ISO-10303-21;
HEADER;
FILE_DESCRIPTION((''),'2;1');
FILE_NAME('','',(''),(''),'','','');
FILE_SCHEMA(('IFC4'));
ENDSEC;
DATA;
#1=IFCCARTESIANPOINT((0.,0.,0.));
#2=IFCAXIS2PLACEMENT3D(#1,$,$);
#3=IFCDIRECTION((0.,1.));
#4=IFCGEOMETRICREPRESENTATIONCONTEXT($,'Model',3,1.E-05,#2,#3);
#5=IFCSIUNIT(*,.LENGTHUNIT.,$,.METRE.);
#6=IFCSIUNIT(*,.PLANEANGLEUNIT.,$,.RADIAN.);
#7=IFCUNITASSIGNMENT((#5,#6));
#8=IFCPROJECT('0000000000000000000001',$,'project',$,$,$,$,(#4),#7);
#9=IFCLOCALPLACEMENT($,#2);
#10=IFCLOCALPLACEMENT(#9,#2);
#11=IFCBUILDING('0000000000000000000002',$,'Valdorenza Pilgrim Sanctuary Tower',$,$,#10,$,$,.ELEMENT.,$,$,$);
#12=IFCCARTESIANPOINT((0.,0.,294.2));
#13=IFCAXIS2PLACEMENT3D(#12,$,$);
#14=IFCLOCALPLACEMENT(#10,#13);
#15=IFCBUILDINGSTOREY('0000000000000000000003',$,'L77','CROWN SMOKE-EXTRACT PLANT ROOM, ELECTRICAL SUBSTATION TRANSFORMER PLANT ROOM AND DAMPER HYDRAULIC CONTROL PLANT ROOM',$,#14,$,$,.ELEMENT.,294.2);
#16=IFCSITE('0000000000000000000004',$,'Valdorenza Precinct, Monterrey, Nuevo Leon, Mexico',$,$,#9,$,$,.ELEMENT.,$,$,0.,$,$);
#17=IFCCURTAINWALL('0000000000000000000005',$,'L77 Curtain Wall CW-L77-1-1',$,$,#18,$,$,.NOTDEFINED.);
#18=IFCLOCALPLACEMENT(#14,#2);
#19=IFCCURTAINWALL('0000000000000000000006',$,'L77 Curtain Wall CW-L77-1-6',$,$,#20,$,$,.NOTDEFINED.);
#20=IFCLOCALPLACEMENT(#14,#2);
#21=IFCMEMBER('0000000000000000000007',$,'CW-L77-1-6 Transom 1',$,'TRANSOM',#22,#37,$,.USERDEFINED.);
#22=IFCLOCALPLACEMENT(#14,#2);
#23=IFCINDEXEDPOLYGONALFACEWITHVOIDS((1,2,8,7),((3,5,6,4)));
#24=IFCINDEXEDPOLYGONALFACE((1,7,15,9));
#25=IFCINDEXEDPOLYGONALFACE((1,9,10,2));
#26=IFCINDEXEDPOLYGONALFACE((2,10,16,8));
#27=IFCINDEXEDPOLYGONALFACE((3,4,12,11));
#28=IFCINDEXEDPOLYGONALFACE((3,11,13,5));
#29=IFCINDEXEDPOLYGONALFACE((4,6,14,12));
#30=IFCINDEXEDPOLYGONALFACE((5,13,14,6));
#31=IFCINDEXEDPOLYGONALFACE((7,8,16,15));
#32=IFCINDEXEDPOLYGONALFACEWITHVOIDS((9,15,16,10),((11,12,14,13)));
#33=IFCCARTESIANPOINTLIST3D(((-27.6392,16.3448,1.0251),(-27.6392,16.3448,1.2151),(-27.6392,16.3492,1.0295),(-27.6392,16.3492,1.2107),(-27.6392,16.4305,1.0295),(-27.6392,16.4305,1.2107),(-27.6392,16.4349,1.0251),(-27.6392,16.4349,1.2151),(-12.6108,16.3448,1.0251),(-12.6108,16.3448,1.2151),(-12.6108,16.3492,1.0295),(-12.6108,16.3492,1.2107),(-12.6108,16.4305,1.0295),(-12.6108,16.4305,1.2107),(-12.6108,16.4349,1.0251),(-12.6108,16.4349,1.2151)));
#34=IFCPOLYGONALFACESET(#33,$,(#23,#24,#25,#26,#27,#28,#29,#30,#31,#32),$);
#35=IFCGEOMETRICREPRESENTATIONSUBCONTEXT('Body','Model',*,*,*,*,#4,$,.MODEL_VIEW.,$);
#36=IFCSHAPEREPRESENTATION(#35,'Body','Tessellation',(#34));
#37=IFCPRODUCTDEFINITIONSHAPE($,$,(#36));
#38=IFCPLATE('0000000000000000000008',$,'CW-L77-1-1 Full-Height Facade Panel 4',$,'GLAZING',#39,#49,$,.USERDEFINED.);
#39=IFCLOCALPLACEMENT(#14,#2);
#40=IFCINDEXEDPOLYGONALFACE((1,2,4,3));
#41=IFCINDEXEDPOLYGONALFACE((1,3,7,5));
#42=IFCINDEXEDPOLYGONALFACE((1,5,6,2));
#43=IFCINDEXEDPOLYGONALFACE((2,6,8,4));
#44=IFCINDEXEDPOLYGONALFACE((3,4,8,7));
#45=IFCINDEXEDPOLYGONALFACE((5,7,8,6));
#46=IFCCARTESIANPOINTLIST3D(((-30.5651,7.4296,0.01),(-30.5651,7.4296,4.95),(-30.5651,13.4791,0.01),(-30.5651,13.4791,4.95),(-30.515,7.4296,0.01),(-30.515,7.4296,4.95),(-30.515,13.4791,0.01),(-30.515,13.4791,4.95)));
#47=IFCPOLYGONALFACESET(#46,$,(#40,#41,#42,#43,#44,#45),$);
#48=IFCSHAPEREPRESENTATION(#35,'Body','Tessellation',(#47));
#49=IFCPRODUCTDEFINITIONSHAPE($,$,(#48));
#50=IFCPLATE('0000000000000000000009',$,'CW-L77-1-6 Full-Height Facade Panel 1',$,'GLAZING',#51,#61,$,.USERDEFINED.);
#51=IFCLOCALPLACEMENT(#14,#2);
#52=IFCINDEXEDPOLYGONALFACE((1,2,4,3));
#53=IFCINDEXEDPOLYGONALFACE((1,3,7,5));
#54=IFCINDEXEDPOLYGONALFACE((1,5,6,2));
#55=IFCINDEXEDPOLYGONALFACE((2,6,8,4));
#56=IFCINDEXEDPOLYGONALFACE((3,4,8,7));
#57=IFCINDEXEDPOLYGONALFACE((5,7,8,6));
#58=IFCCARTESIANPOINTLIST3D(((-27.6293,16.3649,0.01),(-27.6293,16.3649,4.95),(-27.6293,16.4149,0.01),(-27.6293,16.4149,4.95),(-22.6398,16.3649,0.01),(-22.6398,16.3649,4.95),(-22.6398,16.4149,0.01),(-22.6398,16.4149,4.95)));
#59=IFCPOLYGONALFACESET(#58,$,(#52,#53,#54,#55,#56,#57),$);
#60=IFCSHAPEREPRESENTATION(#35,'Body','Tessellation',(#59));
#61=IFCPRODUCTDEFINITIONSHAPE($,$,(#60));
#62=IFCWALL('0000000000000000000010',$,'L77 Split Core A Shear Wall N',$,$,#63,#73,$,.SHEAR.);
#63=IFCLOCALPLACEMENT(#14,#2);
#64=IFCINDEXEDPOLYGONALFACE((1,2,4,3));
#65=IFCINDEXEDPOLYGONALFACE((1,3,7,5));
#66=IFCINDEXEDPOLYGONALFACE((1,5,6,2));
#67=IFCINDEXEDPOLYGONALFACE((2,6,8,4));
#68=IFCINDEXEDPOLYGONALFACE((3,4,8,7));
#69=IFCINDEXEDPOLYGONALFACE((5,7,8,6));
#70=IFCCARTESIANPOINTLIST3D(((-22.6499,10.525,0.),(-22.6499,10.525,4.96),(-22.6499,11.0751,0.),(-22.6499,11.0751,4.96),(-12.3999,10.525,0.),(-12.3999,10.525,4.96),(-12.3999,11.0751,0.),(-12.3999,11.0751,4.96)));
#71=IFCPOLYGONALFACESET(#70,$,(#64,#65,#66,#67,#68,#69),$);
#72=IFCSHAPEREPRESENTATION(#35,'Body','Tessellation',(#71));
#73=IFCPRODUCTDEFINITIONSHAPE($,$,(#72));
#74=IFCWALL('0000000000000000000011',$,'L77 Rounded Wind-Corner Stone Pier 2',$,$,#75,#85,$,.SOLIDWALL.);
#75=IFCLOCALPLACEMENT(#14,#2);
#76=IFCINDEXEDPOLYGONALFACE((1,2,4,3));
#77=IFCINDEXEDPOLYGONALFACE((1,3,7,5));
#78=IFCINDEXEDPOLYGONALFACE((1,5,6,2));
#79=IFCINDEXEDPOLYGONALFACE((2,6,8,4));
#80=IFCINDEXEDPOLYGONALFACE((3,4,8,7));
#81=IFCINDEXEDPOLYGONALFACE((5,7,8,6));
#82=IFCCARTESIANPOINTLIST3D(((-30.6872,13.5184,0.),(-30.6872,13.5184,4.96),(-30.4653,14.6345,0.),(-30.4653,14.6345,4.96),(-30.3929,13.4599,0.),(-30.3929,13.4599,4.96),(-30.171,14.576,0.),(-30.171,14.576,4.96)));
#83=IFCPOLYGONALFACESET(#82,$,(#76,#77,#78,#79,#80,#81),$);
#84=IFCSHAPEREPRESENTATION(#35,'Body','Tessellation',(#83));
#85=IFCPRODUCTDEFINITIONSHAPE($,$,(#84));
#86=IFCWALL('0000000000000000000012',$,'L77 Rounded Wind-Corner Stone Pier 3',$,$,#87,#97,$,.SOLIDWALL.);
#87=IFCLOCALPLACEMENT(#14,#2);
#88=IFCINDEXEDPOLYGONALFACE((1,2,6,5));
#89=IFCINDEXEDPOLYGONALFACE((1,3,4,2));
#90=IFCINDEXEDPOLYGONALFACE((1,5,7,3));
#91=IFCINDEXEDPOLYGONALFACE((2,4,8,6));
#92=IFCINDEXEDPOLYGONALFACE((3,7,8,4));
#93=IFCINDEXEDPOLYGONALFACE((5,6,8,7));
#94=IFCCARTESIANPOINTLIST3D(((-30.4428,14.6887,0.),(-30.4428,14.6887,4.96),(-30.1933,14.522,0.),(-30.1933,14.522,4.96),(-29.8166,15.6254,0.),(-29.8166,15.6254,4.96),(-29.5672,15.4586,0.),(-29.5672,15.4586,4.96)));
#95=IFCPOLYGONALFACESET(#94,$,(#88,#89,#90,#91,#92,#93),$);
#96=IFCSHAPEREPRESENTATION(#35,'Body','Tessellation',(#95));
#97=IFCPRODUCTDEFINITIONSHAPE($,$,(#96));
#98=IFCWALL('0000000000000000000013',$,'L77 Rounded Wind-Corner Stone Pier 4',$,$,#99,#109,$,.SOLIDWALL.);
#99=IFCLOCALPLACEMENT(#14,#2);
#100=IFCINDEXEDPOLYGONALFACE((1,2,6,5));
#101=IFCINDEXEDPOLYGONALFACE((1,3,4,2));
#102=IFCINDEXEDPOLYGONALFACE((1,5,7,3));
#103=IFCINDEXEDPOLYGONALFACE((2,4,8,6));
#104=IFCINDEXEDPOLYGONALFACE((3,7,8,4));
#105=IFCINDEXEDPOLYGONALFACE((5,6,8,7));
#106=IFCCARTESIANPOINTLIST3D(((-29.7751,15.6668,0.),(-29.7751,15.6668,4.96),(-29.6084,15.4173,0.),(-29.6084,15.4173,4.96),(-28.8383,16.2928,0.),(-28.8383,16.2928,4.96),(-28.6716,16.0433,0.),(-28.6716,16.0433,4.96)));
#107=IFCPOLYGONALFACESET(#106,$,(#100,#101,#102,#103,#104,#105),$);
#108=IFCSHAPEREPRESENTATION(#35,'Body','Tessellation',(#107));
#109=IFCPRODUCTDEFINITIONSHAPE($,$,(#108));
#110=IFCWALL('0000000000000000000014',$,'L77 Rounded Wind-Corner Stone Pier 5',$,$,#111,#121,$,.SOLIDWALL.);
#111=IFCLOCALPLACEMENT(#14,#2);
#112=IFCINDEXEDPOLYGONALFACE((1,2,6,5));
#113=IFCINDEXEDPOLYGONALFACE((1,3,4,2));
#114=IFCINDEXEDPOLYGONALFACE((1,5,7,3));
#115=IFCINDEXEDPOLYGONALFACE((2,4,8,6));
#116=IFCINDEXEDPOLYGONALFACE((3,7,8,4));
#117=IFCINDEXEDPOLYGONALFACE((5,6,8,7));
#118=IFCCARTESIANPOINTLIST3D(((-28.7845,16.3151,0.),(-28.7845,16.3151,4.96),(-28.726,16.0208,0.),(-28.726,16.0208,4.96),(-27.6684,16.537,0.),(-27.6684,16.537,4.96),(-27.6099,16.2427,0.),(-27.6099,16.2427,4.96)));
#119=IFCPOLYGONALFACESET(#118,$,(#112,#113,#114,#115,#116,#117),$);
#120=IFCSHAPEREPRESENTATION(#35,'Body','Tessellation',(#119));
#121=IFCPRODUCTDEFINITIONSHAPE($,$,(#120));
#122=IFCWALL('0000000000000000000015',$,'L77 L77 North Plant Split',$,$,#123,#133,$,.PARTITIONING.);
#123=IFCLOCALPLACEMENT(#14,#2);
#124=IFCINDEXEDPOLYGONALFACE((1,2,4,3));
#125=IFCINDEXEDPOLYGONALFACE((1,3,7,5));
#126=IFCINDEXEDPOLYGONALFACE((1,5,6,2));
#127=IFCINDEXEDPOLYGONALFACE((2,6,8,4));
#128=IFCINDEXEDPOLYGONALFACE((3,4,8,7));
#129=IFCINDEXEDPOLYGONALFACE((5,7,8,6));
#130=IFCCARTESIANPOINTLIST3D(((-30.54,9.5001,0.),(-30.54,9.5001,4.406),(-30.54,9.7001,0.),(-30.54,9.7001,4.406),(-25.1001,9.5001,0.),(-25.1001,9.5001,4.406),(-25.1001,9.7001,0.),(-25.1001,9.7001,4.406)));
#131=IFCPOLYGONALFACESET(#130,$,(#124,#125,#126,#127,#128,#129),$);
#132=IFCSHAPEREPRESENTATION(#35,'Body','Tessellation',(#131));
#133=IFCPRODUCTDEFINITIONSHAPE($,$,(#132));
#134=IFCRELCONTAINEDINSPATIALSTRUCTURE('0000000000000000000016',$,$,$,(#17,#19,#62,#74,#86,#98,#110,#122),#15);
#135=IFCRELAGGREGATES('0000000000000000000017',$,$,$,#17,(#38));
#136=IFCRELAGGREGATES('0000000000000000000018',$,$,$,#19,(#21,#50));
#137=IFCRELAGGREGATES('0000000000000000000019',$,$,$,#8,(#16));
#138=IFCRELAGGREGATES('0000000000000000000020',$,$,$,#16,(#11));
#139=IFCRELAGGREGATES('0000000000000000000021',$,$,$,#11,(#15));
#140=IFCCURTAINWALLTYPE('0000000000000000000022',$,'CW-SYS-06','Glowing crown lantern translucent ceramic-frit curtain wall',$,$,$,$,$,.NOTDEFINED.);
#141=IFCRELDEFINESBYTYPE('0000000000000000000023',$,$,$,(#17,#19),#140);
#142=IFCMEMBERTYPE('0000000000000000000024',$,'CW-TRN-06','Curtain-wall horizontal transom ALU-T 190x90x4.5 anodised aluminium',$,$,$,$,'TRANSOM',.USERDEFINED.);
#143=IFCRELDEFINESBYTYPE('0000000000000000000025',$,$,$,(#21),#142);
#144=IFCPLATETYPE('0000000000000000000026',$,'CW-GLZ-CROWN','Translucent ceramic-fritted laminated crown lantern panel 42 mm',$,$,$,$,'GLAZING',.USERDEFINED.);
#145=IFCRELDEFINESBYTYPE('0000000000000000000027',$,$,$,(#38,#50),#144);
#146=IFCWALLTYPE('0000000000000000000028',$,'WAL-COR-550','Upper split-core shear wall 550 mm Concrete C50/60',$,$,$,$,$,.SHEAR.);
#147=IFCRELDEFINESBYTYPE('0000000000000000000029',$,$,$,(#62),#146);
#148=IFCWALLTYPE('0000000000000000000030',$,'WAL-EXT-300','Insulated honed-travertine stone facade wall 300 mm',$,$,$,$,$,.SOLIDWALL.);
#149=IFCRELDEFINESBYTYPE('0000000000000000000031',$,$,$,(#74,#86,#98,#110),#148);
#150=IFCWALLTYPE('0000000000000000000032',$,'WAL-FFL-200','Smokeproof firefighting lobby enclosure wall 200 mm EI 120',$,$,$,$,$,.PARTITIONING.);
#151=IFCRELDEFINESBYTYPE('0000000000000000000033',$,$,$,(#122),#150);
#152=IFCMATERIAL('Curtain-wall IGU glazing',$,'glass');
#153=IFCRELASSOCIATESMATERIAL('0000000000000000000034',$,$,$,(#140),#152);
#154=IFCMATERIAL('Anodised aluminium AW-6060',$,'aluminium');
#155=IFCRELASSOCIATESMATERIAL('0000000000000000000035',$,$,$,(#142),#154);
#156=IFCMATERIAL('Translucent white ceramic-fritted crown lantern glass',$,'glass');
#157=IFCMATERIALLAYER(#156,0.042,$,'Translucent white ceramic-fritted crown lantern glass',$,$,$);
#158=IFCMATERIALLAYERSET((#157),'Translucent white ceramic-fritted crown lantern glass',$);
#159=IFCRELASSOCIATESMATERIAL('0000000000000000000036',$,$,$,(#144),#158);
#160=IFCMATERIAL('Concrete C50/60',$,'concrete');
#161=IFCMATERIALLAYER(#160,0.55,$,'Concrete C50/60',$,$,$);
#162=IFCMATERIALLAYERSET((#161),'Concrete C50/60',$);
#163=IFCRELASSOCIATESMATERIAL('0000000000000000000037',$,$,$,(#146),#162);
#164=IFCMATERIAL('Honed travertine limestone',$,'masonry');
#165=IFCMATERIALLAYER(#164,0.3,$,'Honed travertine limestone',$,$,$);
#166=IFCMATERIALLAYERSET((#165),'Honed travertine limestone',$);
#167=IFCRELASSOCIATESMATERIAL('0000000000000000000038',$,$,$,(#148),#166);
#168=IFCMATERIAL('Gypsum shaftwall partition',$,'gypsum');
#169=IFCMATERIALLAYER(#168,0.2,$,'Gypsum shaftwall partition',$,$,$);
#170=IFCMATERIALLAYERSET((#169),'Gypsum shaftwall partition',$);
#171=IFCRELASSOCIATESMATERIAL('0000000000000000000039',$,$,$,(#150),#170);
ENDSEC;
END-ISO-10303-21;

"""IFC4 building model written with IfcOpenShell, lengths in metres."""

from ifc_helpers import new_model, si_unit, direction, frame, frame_2d, origin, origin_2d, place, context, subcontext, project, spatial, rectangle, hollow_rectangle, extrude, source, transform, mapped, material, layer, layer_set, material_profile, profile_set, type_object, element, aggregate, save


model = new_model("IFC4")

# Units and contexts
model_context = context("Model", 3, precision=1e-05, world=origin(), true_north=direction((0.0, 1.0)))
body_context = subcontext(model_context, "Body", "Model", "MODEL_VIEW")
ifc_project = project(units=[si_unit("LENGTHUNIT", "METRE"), si_unit("PLANEANGLEUNIT", "RADIAN")], contexts=[model_context])

# Site, building, storey
site_placement = place(None, origin())
site = spatial("IfcSite", under=ifc_project, at=site_placement, Name="Valdorenza Precinct, Monterrey, Nuevo Leon, Mexico", CompositionType="ELEMENT", RefElevation=0.0)
building_placement = place(site_placement, origin())
building = spatial("IfcBuilding", under=site, at=building_placement, Name="Valdorenza Pilgrim Sanctuary Tower", CompositionType="ELEMENT")
storey_placement = place(building_placement, frame((0.0, 0.0, 294.2)))
storey = spatial("IfcBuildingStorey", under=building, at=storey_placement, Name="L77", Description="CROWN SMOKE-EXTRACT PLANT ROOM, ELECTRICAL SUBSTATION TRANSFORMER PLANT ROOM AND DAMPER HYDRAULIC CONTROL PLANT ROOM", CompositionType="ELEMENT", Elevation=294.2)

# Shared definitions
ifc_material_1 = material(Name="Concrete C50/60", Category="concrete")

# Curtain wall
ifc_material_2 = material(Name="Curtain-wall IGU glazing", Category="glass")
curtain_wall_type = type_object("IfcCurtainWallType", Name="CW-SYS-06", Description="Glowing crown lantern translucent ceramic-frit curtain wall", PredefinedType="NOTDEFINED", material=ifc_material_2)
curtain_wall_1_placement = place(storey_placement, origin())
curtain_wall_1 = element("IfcCurtainWall", 1, at=curtain_wall_1_placement, inside=storey, type_object=curtain_wall_type, Name="L77 Curtain Wall CW-L77-1-1", PredefinedType="NOTDEFINED")
ifc_material_3 = material(Name="Anodised aluminium AW-6060", Category="aluminium")

# Curtain wall, member
curtain_wall_2_placement = place(storey_placement, origin())
curtain_wall_2 = element("IfcCurtainWall", 2, at=curtain_wall_2_placement, inside=storey, type_object=curtain_wall_type, Name="L77 Curtain Wall CW-L77-1-6", PredefinedType="NOTDEFINED")
ifc_material_profile_1 = material_profile(ifc_material_3, hollow_rectangle(XDim=0.0901, YDim=0.1899, WallThickness=0.0044, at=origin_2d()), Name="ALU-T 190x90x4.5")
ifc_profile_set_1 = profile_set([ifc_material_profile_1], Name="Anodised aluminium AW-6060")
member_type_1 = type_object("IfcMemberType", Name="CW-TRN-06", Description="Curtain-wall horizontal transom ALU-T 190x90x4.5 anodised aluminium", ElementType="TRANSOM", PredefinedType="USERDEFINED", material=ifc_profile_set_1)
shared_shape_1 = source(origin(), body_context, "Body", "SweptSolid", [
    extrude(hollow_rectangle(XDim=0.0901, YDim=0.1899, WallThickness=0.0044, at=origin_2d()), origin(), (0.0, 0.0, 1.0), 15.0283),
])
member_1_placement = place(storey_placement, frame((-27.6392, 16.3899, 1.1201), z_axis=(1.0, 0.0, 0.0), x_axis=(0.0, 1.0, 0.0)))
member_1 = element("IfcMember", 3, at=member_1_placement, type_object=member_type_1, Name="CW-L77-1-6 Transom 1", ObjectType="TRANSOM", PredefinedType="USERDEFINED", context=body_context, shape_type="MappedRepresentation", body=[
    mapped(shared_shape_1, transform((0.0, 0.0, 0.0), x_axis=(1.0, 0.0, 0.0), y_axis=(0.0, 1.0, 0.0), z_axis=(0.0, 0.0, 1.0), scale=1.0)),
])

# Plates
ifc_material_4 = material(Name="Translucent white ceramic-fritted crown lantern glass", Category="glass")
ifc_layer_1 = layer(ifc_material_4, 0.042, Name="Translucent white ceramic-fritted crown lantern glass")
ifc_layer_set_1 = layer_set([ifc_layer_1], Name="Translucent white ceramic-fritted crown lantern glass")
plate_type = type_object("IfcPlateType", Name="CW-GLZ-CROWN", Description="Translucent ceramic-fritted laminated crown lantern panel 42 mm", ElementType="GLAZING", PredefinedType="USERDEFINED", material=ifc_layer_set_1)
shared_shape_2 = source(origin(), body_context, "Body", "SweptSolid", [
    extrude(rectangle(XDim=6.0496, YDim=0.05, at=origin_2d()), origin(), (0.0, 0.0, 1.0), 4.9399),
])
plate_1_placement = place(storey_placement, frame((-30.54, 10.4543, 0.01), z_axis=(0.0, 0.0, 1.0), x_axis=(0.0, 1.0, 0.0)))
plate_1 = element("IfcPlate", 4, at=plate_1_placement, type_object=plate_type, Name="CW-L77-1-1 Full-Height Facade Panel 4", ObjectType="GLAZING", PredefinedType="USERDEFINED", context=body_context, shape_type="MappedRepresentation", body=[
    mapped(shared_shape_2, transform((0.0, 0.0, 0.0), x_axis=(1.0, 0.0, 0.0), y_axis=(0.0, 1.0, 0.0), z_axis=(0.0, 0.0, 1.0), scale=1.0)),
])
aggregate(curtain_wall_1, [plate_1])
shared_shape_3 = source(origin(), body_context, "Body", "SweptSolid", [
    extrude(rectangle(XDim=4.9895, YDim=0.05, at=origin_2d()), origin(), (0.0, 0.0, 1.0), 4.9399),
])
plate_2_placement = place(storey_placement, frame((-25.1345, 16.3899, 0.01), z_axis=(0.0, 0.0, 1.0), x_axis=(1.0, 0.0, 0.0)))
plate_2 = element("IfcPlate", 5, at=plate_2_placement, type_object=plate_type, Name="CW-L77-1-6 Full-Height Facade Panel 1", ObjectType="GLAZING", PredefinedType="USERDEFINED", context=body_context, shape_type="MappedRepresentation", body=[
    mapped(shared_shape_3, transform((0.0, 0.0, 0.0), x_axis=(1.0, 0.0, 0.0), y_axis=(0.0, 1.0, 0.0), z_axis=(0.0, 0.0, 1.0), scale=1.0)),
])
aggregate(curtain_wall_2, [member_1, plate_2])

# Walls
ifc_layer_2 = layer(ifc_material_1, 0.55, Name="Concrete C50/60")
ifc_layer_set_2 = layer_set([ifc_layer_2], Name="Concrete C50/60")
wall_type_1 = type_object("IfcWallType", Name="WAL-COR-550", Description="Upper split-core shear wall 550 mm Concrete C50/60", PredefinedType="SHEAR", material=ifc_layer_set_2)
wall_1_placement = place(storey_placement, frame((-22.6499, 10.8, 0.0), z_axis=(0.0, 0.0, 1.0), x_axis=(1.0, 0.0, 0.0)))
element("IfcWall", 6, at=wall_1_placement, inside=storey, type_object=wall_type_1, Name="L77 Split Core A Shear Wall N", PredefinedType="SHEAR", context=body_context, shape_type="SweptSolid", body=[
    extrude(rectangle(XDim=10.25, YDim=0.55, at=frame_2d((5.125, 0.0))), origin(), (0.0, 0.0, 1.0), 4.96),
])
ifc_material_5 = material(Name="Honed travertine limestone", Category="masonry")
ifc_layer_3 = layer(ifc_material_5, 0.3, Name="Honed travertine limestone")
ifc_layer_set_3 = layer_set([ifc_layer_3], Name="Honed travertine limestone")
wall_type_2 = type_object("IfcWallType", Name="WAL-EXT-300", Description="Insulated honed-travertine stone facade wall 300 mm", PredefinedType="SOLIDWALL", material=ifc_layer_set_3)
wall_2_placement = place(storey_placement, frame((-30.54, 13.4893, 0.0), z_axis=(0.0, 0.0, 1.0), x_axis=(0.195043, 0.980795, 0.0)))
element("IfcWall", 7, at=wall_2_placement, inside=storey, type_object=wall_type_2, Name="L77 Rounded Wind-Corner Stone Pier 2", PredefinedType="SOLIDWALL", context=body_context, shape_type="SweptSolid", body=[
    extrude(rectangle(XDim=1.1379, YDim=0.3, at=frame_2d((0.5688, 0.0))), origin(), (0.0, 0.0, 1.0), 4.96),
])
for number, where, z_axis, x_axis, name in (
    (8, (-30.3181, 14.6052, 0.0), (0.0, 0.0, 1.0), (0.55575, 0.83135, 0.0), "L77 Rounded Wind-Corner Stone Pier 3"),
    (9, (-29.6919, 15.542, 0.0), (0.0, 0.0, 1.0), (0.83145, 0.5556, 0.0), "L77 Rounded Wind-Corner Stone Pier 4"),
):
    element("IfcWall", number, at=place(storey_placement, frame(where, z_axis=z_axis, x_axis=x_axis)), inside=storey, type_object=wall_type_2, Name=name, PredefinedType="SOLIDWALL", context=body_context, shape_type="SweptSolid", body=[
        extrude(rectangle(XDim=1.1267, YDim=0.3, at=frame_2d((0.5635, 0.0))), origin(), (0.0, 0.0, 1.0), 4.96),
    ])
wall_3_placement = place(storey_placement, frame((-28.7551, 16.168, 0.0), z_axis=(0.0, 0.0, 1.0), x_axis=(0.980795, 0.195043, 0.0)))
element("IfcWall", 10, at=wall_3_placement, inside=storey, type_object=wall_type_2, Name="L77 Rounded Wind-Corner Stone Pier 5", PredefinedType="SOLIDWALL", context=body_context, shape_type="SweptSolid", body=[
    extrude(rectangle(XDim=1.1379, YDim=0.3, at=frame_2d((0.5688, 0.0))), origin(), (0.0, 0.0, 1.0), 4.96),
])
ifc_material_6 = material(Name="Gypsum shaftwall partition", Category="gypsum")
ifc_layer_4 = layer(ifc_material_6, 0.2, Name="Gypsum shaftwall partition")
ifc_layer_set_4 = layer_set([ifc_layer_4], Name="Gypsum shaftwall partition")
wall_type_3 = type_object("IfcWallType", Name="WAL-FFL-200", Description="Smokeproof firefighting lobby enclosure wall 200 mm EI 120", PredefinedType="PARTITIONING", material=ifc_layer_set_4)
wall_4_placement = place(storey_placement, frame((-30.54, 9.6001, 0.0), z_axis=(0.0, 0.0, 1.0), x_axis=(1.0, 0.0, 0.0)))
element("IfcWall", 11, at=wall_4_placement, inside=storey, type_object=wall_type_3, Name="L77 L77 North Plant Split", PredefinedType="PARTITIONING", context=body_context, shape_type="SweptSolid", body=[
    extrude(rectangle(XDim=5.4399, YDim=0.2, at=frame_2d((2.72, 0.0))), origin(), (0.0, 0.0, 1.0), 4.406),
])

save(model, "model.ifc")
